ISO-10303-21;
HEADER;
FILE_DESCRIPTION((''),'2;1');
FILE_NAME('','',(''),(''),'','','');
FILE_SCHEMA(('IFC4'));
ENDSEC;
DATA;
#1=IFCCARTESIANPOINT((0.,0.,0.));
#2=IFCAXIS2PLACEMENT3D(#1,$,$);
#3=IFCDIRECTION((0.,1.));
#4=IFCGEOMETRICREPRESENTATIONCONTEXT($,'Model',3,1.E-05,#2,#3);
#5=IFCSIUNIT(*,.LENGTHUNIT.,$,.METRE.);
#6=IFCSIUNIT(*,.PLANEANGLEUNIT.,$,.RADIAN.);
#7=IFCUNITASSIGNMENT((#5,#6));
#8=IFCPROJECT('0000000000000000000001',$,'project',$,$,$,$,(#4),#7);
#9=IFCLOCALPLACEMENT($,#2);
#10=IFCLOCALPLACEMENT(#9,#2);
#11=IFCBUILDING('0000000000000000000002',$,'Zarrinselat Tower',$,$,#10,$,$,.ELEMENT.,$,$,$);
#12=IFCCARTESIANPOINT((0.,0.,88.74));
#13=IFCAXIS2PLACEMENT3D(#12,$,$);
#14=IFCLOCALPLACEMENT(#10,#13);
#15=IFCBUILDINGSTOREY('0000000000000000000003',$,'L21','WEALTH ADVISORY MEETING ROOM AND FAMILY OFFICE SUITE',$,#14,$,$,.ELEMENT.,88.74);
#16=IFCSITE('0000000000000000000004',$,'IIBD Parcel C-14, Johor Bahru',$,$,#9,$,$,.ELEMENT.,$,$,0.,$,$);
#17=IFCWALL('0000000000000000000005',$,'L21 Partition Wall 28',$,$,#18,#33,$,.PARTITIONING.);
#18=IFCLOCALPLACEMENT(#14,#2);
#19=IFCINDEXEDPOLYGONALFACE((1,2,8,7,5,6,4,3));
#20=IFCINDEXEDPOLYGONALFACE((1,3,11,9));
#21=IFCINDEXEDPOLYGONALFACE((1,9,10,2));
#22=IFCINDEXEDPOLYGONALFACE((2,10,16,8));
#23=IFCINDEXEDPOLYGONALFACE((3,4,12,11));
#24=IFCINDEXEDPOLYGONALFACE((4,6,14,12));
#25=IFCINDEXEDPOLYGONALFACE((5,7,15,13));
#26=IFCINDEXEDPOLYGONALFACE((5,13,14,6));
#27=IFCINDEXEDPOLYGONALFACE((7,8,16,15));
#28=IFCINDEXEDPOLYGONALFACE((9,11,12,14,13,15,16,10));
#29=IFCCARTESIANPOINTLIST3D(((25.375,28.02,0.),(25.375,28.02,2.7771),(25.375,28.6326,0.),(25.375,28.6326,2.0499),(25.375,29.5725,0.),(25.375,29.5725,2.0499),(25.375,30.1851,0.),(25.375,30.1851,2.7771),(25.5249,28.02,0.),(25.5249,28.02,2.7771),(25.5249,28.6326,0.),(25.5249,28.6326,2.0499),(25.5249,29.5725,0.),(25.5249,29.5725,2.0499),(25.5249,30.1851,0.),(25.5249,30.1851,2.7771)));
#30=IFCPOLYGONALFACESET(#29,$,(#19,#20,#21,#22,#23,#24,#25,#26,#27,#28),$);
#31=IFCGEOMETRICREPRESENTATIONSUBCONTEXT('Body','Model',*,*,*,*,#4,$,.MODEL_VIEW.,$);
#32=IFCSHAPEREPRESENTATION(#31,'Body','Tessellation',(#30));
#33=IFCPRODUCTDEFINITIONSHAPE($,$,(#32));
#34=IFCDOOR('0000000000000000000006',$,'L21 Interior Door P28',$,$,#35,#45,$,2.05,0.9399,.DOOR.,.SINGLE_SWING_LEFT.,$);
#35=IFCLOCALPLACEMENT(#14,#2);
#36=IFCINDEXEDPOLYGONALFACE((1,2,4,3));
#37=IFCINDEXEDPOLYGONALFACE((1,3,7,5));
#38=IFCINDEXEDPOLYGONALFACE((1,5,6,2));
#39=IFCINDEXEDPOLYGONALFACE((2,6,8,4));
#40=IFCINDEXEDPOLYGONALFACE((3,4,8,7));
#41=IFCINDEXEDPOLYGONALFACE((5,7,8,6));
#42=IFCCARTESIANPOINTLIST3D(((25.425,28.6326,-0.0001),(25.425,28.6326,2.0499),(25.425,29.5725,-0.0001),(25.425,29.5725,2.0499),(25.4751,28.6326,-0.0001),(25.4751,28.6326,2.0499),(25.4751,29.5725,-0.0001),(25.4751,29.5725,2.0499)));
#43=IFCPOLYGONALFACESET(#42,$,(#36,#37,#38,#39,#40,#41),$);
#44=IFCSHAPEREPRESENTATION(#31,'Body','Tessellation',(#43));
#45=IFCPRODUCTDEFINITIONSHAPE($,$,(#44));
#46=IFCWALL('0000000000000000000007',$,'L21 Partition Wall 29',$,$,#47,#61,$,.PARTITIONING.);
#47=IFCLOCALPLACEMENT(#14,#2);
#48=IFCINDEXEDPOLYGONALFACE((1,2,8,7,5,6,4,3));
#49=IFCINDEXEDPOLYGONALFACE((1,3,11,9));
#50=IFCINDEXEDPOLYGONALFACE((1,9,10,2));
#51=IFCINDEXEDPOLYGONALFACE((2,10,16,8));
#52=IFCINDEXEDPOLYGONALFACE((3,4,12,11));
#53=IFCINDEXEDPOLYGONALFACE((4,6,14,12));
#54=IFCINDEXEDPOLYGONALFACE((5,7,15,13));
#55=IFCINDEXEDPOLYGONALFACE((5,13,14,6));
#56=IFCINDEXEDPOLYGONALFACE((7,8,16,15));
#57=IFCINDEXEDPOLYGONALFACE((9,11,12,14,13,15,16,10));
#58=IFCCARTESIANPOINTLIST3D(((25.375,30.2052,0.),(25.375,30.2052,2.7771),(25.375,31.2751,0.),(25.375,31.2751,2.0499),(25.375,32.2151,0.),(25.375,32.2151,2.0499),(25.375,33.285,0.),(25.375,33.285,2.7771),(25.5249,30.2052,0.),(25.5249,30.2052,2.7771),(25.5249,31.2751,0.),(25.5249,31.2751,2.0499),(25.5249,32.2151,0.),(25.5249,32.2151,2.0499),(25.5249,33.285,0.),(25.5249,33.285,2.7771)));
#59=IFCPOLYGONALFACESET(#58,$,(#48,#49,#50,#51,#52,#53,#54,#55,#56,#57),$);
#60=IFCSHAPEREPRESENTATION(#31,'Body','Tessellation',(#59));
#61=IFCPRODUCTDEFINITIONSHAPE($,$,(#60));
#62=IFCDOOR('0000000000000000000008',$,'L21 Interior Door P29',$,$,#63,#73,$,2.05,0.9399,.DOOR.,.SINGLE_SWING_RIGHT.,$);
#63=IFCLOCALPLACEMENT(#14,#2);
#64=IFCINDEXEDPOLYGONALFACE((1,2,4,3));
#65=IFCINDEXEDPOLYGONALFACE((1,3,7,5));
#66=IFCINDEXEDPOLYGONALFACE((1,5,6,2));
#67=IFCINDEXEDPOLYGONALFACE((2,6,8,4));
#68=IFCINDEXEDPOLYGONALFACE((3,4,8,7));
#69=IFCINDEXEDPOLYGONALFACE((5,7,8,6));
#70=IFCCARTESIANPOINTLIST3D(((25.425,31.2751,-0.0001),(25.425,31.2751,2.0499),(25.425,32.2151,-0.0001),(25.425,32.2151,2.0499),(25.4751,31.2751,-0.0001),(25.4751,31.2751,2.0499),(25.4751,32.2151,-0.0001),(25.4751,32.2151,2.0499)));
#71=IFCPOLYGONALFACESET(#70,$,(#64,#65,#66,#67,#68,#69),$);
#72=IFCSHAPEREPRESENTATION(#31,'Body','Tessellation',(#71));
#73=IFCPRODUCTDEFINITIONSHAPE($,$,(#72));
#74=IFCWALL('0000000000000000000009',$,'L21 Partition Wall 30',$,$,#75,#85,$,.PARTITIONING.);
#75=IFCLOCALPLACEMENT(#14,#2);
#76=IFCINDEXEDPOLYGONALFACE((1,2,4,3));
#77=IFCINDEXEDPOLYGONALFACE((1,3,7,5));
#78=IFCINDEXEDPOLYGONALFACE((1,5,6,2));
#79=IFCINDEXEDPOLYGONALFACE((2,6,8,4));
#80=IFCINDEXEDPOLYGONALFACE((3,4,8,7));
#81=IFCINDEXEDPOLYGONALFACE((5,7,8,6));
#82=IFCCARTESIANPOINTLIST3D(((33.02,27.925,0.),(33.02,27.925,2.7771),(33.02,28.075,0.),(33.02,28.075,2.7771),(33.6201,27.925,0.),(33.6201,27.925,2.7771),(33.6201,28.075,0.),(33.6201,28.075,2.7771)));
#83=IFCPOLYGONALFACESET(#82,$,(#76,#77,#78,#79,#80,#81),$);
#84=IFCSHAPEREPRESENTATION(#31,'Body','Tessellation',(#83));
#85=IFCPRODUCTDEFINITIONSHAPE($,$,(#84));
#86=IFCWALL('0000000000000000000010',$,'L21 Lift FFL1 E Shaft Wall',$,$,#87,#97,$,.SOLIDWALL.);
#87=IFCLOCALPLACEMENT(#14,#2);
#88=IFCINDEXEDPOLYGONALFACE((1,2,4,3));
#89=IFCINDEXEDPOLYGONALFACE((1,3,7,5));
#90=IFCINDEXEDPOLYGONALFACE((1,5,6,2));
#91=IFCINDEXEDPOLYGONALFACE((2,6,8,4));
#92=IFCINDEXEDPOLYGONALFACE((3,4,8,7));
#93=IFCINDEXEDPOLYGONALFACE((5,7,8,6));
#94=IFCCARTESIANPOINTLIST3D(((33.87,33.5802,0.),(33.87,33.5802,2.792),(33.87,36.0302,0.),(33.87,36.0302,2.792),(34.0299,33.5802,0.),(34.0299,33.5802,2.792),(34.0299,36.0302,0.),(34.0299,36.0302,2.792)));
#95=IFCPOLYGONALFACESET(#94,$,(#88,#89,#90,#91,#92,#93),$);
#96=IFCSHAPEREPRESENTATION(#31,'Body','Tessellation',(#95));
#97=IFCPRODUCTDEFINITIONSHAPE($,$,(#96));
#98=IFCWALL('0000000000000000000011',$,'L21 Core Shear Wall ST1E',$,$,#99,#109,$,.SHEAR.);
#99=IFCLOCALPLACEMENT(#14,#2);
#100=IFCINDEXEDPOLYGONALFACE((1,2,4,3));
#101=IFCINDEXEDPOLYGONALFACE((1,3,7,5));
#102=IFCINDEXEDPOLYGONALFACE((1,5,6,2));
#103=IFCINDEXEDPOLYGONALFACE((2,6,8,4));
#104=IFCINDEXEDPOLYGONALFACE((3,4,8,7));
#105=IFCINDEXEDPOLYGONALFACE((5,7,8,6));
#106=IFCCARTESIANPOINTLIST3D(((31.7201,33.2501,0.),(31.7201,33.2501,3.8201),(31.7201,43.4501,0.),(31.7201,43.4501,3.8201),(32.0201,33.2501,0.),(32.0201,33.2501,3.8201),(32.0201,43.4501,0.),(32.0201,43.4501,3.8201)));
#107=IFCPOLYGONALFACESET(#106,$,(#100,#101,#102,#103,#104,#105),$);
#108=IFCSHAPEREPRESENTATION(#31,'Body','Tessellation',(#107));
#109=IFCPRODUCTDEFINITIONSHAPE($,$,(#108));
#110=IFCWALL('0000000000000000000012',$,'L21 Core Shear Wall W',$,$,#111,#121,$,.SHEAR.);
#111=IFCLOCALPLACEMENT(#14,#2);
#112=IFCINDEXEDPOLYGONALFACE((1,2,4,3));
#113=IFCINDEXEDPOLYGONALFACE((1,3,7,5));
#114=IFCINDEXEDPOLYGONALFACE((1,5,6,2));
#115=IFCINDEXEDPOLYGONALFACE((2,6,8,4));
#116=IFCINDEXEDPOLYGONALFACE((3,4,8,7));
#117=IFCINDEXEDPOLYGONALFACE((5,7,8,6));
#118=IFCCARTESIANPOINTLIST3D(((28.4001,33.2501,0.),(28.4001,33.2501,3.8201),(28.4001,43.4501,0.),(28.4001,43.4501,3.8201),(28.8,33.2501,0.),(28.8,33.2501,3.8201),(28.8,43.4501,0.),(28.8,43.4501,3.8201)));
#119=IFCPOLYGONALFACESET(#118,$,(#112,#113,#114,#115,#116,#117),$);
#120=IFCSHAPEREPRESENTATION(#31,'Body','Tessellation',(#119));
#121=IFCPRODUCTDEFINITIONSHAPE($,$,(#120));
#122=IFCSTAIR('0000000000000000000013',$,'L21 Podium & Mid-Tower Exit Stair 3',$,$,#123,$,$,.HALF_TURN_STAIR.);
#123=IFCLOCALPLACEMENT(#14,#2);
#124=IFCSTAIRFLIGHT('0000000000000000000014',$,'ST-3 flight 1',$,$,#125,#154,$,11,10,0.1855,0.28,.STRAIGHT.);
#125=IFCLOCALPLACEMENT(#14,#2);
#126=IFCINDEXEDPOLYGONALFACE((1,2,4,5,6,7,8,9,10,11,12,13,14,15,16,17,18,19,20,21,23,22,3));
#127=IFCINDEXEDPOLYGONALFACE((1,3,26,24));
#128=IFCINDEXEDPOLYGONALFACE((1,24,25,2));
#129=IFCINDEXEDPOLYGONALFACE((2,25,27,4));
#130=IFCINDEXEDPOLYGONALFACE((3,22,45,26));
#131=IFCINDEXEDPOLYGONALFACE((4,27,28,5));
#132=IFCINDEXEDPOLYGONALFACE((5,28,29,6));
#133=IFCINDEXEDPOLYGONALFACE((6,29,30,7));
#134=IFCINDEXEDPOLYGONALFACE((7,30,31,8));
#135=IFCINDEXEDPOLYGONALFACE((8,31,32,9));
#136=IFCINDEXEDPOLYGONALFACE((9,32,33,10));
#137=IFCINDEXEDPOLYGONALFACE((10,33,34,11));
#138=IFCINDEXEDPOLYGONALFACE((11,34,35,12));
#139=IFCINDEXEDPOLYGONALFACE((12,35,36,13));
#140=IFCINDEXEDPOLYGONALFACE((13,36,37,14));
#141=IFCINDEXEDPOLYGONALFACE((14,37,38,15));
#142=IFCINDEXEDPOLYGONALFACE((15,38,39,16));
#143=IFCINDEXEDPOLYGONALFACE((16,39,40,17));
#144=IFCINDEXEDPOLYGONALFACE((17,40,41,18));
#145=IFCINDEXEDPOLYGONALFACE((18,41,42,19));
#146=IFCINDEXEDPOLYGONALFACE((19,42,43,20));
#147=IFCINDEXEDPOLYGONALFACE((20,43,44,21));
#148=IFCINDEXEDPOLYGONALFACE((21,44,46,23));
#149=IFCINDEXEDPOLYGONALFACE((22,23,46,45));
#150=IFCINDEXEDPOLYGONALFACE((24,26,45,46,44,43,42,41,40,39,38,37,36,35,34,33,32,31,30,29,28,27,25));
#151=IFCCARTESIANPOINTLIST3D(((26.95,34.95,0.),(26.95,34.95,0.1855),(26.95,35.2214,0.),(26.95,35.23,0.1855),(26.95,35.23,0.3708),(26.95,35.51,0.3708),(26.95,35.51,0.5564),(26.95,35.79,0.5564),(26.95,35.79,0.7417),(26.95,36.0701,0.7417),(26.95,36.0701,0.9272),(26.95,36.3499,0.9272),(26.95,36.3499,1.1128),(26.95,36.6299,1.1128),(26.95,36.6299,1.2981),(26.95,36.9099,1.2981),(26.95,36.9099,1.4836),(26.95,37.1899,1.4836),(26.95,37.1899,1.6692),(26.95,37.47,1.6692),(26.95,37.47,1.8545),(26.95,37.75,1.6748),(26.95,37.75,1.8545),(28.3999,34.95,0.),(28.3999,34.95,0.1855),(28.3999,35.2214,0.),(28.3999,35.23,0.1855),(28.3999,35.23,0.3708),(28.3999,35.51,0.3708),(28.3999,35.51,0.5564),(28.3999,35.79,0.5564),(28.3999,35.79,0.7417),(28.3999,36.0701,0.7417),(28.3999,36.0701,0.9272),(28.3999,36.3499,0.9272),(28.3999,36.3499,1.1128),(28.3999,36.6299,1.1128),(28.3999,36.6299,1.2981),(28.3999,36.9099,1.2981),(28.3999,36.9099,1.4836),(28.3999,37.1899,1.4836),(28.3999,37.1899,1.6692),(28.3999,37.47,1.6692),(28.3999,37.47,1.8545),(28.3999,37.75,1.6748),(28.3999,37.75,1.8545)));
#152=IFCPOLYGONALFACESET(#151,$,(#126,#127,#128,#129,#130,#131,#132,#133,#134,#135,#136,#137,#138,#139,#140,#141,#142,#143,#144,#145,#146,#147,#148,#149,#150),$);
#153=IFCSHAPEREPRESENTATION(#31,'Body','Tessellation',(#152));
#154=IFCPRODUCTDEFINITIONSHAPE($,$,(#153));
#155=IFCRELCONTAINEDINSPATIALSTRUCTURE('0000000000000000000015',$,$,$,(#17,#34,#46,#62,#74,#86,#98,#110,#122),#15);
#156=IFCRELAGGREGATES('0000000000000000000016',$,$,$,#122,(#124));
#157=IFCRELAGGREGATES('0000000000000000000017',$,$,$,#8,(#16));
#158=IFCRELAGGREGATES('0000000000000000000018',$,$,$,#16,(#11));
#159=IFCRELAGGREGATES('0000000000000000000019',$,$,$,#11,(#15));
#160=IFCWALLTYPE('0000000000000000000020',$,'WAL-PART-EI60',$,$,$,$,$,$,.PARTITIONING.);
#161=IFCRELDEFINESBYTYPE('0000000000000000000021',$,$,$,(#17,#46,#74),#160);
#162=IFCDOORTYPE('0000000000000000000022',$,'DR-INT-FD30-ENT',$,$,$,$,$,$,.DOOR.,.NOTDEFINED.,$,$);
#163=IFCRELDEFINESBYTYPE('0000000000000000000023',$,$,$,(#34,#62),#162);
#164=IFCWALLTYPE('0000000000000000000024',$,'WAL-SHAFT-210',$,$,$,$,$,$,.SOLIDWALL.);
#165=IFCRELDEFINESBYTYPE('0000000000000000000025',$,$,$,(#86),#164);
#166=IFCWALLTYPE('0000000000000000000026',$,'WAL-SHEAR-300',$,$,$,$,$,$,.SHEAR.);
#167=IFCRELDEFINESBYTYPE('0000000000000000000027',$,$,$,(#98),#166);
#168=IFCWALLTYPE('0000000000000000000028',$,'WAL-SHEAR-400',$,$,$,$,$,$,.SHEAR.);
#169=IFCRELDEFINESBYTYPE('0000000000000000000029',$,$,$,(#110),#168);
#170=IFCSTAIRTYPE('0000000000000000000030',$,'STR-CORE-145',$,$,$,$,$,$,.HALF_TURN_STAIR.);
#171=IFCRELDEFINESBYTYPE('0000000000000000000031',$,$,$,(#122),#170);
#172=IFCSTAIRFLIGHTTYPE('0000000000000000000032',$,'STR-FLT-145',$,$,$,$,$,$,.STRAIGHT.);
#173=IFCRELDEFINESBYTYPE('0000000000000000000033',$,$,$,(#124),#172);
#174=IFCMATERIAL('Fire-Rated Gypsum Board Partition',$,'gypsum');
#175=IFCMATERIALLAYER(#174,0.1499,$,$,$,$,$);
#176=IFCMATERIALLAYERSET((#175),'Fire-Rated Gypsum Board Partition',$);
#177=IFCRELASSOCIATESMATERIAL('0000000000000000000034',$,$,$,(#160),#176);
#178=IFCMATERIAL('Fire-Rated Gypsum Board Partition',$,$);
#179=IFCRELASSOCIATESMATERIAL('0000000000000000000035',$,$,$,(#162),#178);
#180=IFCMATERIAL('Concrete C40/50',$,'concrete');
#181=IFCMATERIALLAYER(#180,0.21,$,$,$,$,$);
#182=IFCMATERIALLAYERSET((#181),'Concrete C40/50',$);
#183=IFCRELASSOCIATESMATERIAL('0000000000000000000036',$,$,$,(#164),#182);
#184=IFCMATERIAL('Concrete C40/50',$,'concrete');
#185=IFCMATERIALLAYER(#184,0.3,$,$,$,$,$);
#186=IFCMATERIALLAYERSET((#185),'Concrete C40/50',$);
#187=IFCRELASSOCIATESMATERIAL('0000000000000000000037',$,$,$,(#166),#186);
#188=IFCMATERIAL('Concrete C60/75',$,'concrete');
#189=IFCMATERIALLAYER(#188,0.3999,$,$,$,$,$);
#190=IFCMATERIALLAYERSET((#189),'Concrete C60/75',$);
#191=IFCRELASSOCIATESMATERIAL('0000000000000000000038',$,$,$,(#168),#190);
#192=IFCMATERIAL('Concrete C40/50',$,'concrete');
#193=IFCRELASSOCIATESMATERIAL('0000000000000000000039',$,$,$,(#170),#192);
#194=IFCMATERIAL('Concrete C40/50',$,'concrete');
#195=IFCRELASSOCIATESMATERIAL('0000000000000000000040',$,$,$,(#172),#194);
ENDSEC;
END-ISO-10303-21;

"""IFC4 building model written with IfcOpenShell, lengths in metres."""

from ifc_helpers import new_model, si_unit, direction, frame, frame_2d, origin, place, context, subcontext, project, spatial, polyline, rectangle, outline, extrude, material, layer, layer_set, type_object, element, fill, aggregate, save


model = new_model("IFC4")

# Units and contexts
model_context = context("Model", 3, precision=1e-05, world=origin(), true_north=direction((0.0, 1.0)))
body_context = subcontext(model_context, "Body", "Model", "MODEL_VIEW")
ifc_project = project(units=[si_unit("LENGTHUNIT", "METRE"), si_unit("PLANEANGLEUNIT", "RADIAN")], contexts=[model_context])

# Site, building, storey
site_placement = place(None, origin())
site = spatial("IfcSite", under=ifc_project, at=site_placement, Name="IIBD Parcel C-14, Johor Bahru", CompositionType="ELEMENT", RefElevation=0.0)
building_placement = place(site_placement, origin())
building = spatial("IfcBuilding", under=site, at=building_placement, Name="Zarrinselat Tower", CompositionType="ELEMENT")
storey_placement = place(building_placement, frame((0.0, 0.0, 88.74)))
storey = spatial("IfcBuildingStorey", under=building, at=storey_placement, Name="L21", Description="WEALTH ADVISORY MEETING ROOM AND FAMILY OFFICE SUITE", CompositionType="ELEMENT", Elevation=88.74)

# Shared definitions
ifc_material_1 = material(Name="Fire-Rated Gypsum Board Partition", Category="gypsum")
ifc_layer_1 = layer(ifc_material_1, 0.1499)
ifc_layer_set_1 = layer_set([ifc_layer_1], Name="Fire-Rated Gypsum Board Partition")
wall_type_1 = type_object("IfcWallType", Name="WAL-PART-EI60", PredefinedType="PARTITIONING", material=ifc_layer_set_1)
ifc_material_2 = material(Name="Fire-Rated Gypsum Board Partition")
door_type_1 = type_object("IfcDoorType", Name="DR-INT-FD30-ENT", OperationType="NOTDEFINED", PredefinedType="DOOR", material=ifc_material_2)

# Walls, openings, doors
wall_1_placement = place(storey_placement, frame((25.45, 28.02, 0.0), z_axis=(0.0, 0.0, 1.0), x_axis=(0.0, 1.0, 0.0)))
wall_1 = element("IfcWall", 1, at=wall_1_placement, inside=storey, type_object=wall_type_1, Name="L21 Partition Wall 28", PredefinedType="PARTITIONING", context=body_context, shape_type="SweptSolid", body=[
    extrude(rectangle(XDim=2.165, YDim=0.1499, at=frame_2d((1.0825, 0.0))), origin(), (0.0, 0.0, 1.0), 2.7771),
])
opening_1_placement = place(wall_1_placement, frame((0.6125, 0.0, 0.0)))
opening_1 = element("IfcOpeningElement", 2, at=opening_1_placement, cuts=wall_1, PredefinedType="OPENING", context=body_context, shape_type="SweptSolid", body=[
    extrude(rectangle(XDim=0.9399, YDim=2.05, at=frame_2d((0.47, 1.0249))), frame((0.0, 0.085, 0.0), z_axis=(0.0, -1.0, 0.0), x_axis=(1.0, 0.0, 0.0)), (0.0, 0.0, 1.0), 0.1699),
])
door_1_placement = place(opening_1_placement, origin())
door_1 = element("IfcDoor", 3, at=door_1_placement, inside=storey, type_object=door_type_1, Name="L21 Interior Door P28", OperationType="SINGLE_SWING_LEFT", OverallHeight=2.05, OverallWidth=0.9399, PredefinedType="DOOR", context=body_context, shape_type="SweptSolid", body=[
    extrude(rectangle(XDim=0.9399, YDim=2.05, at=frame_2d((0.47, 1.0249))), frame((0.0, 0.0249, 0.0), z_axis=(0.0, -1.0, 0.0), x_axis=(1.0, 0.0, 0.0)), (0.0, 0.0, 1.0), 0.05),
])
fill(opening_1, door_1)
wall_2_placement = place(storey_placement, frame((25.45, 30.2051, 0.0), z_axis=(0.0, 0.0, 1.0), x_axis=(0.0, 1.0, 0.0)))
wall_2 = element("IfcWall", 4, at=wall_2_placement, inside=storey, type_object=wall_type_1, Name="L21 Partition Wall 29", PredefinedType="PARTITIONING", context=body_context, shape_type="SweptSolid", body=[
    extrude(rectangle(XDim=3.0798, YDim=0.1499, at=frame_2d((1.54, 0.0))), origin(), (0.0, 0.0, 1.0), 2.7771),
])
opening_2_placement = place(wall_2_placement, frame((1.0701, 0.0, 0.0)))
opening_2 = element("IfcOpeningElement", 5, at=opening_2_placement, cuts=wall_2, PredefinedType="OPENING", context=body_context, shape_type="SweptSolid", body=[
    extrude(rectangle(XDim=0.9399, YDim=2.05, at=frame_2d((0.47, 1.0249))), frame((0.0, 0.085, 0.0), z_axis=(0.0, -1.0, 0.0), x_axis=(1.0, 0.0, 0.0)), (0.0, 0.0, 1.0), 0.1699),
])
door_2_placement = place(opening_2_placement, origin())
door_2 = element("IfcDoor", 6, at=door_2_placement, inside=storey, type_object=door_type_1, Name="L21 Interior Door P29", OperationType="SINGLE_SWING_RIGHT", OverallHeight=2.05, OverallWidth=0.9399, PredefinedType="DOOR", context=body_context, shape_type="SweptSolid", body=[
    extrude(rectangle(XDim=0.9399, YDim=2.05, at=frame_2d((0.47, 1.0249))), frame((0.0, 0.0249, 0.0), z_axis=(0.0, -1.0, 0.0), x_axis=(1.0, 0.0, 0.0)), (0.0, 0.0, 1.0), 0.05),
])
fill(opening_2, door_2)

# Walls
wall_3_placement = place(storey_placement, frame((33.02, 28.0, 0.0), z_axis=(0.0, 0.0, 1.0), x_axis=(1.0, 0.0, 0.0)))
element("IfcWall", 7, at=wall_3_placement, inside=storey, type_object=wall_type_1, Name="L21 Partition Wall 30", PredefinedType="PARTITIONING", context=body_context, shape_type="SweptSolid", body=[
    extrude(rectangle(XDim=0.6001, YDim=0.1499, at=frame_2d((0.3, 0.0))), origin(), (0.0, 0.0, 1.0), 2.7771),
])
ifc_material_3 = material(Name="Concrete C40/50", Category="concrete")
ifc_layer_2 = layer(ifc_material_3, 0.21)
ifc_layer_set_2 = layer_set([ifc_layer_2], Name="Concrete C40/50")
wall_type_2 = type_object("IfcWallType", Name="WAL-SHAFT-210", PredefinedType="SOLIDWALL", material=ifc_layer_set_2)
wall_4_placement = place(storey_placement, frame((33.95, 33.5801, 0.0), z_axis=(0.0, 0.0, 1.0), x_axis=(0.0, 1.0, 0.0)))
element("IfcWall", 8, at=wall_4_placement, inside=storey, type_object=wall_type_2, Name="L21 Lift FFL1 E Shaft Wall", PredefinedType="SOLIDWALL", context=body_context, shape_type="SweptSolid", body=[
    extrude(rectangle(XDim=2.45, YDim=0.1599, at=frame_2d((1.2251, 0.0))), origin(), (0.0, 0.0, 1.0), 2.792),
])
ifc_material_4 = material(Name="Concrete C40/50", Category="concrete")
ifc_layer_3 = layer(ifc_material_4, 0.3)
ifc_layer_set_3 = layer_set([ifc_layer_3], Name="Concrete C40/50")
wall_type_3 = type_object("IfcWallType", Name="WAL-SHEAR-300", PredefinedType="SHEAR", material=ifc_layer_set_3)
wall_5_placement = place(storey_placement, frame((31.8701, 33.25, 0.0), z_axis=(0.0, 0.0, 1.0), x_axis=(0.0, 1.0, 0.0)))
element("IfcWall", 9, at=wall_5_placement, inside=storey, type_object=wall_type_3, Name="L21 Core Shear Wall ST1E", PredefinedType="SHEAR", context=body_context, shape_type="SweptSolid", body=[
    extrude(rectangle(XDim=10.2, YDim=0.3, at=frame_2d((5.1001, 0.0))), origin(), (0.0, 0.0, 1.0), 3.8201),
])

# Shared definitions
ifc_material_5 = material(Name="Concrete C60/75", Category="concrete")
ifc_layer_4 = layer(ifc_material_5, 0.3999)
ifc_layer_set_4 = layer_set([ifc_layer_4], Name="Concrete C60/75")
wall_type_4 = type_object("IfcWallType", Name="WAL-SHEAR-400", PredefinedType="SHEAR", material=ifc_layer_set_4)

# Wall
wall_6_placement = place(storey_placement, frame((28.6001, 33.25, 0.0), z_axis=(0.0, 0.0, 1.0), x_axis=(0.0, 1.0, 0.0)))
element("IfcWall", 10, at=wall_6_placement, inside=storey, type_object=wall_type_4, Name="L21 Core Shear Wall W", PredefinedType="SHEAR", context=body_context, shape_type="SweptSolid", body=[
    extrude(rectangle(XDim=10.2, YDim=0.3999, at=frame_2d((5.1001, 0.0))), origin(), (0.0, 0.0, 1.0), 3.8201),
])

# Stair, stair flight
ifc_material_6 = material(Name="Concrete C40/50", Category="concrete")
stair_type = type_object("IfcStairType", Name="STR-CORE-145", PredefinedType="HALF_TURN_STAIR", material=ifc_material_6)
stair_placement = place(storey_placement, origin())
stair = element("IfcStair", 11, at=stair_placement, inside=storey, type_object=stair_type, Name="L21 Podium & Mid-Tower Exit Stair 3", PredefinedType="HALF_TURN_STAIR")
ifc_material_7 = material(Name="Concrete C40/50", Category="concrete")
stair_flight_type = type_object("IfcStairFlightType", Name="STR-FLT-145", PredefinedType="STRAIGHT", material=ifc_material_7)
stair_flight_placement = place(storey_placement, frame((27.675, 34.95, 0.0), z_axis=(0.0, 0.0, 1.0), x_axis=(0.0, 1.0, 0.0)))
stair_flight = element("IfcStairFlight", 12, at=stair_flight_placement, type_object=stair_flight_type, Name="ST-3 flight 1", NumberOfRisers=11, NumberOfTreads=10, PredefinedType="STRAIGHT", RiserHeight=0.1855, TreadLength=0.28, context=body_context, shape_type="SweptSolid", body=[
    extrude(outline(polyline([(0.0, 0.0), (0.0, 0.1855), (0.28, 0.1855), (0.28, 0.3708), (0.5601, 0.3708), (0.5601, 0.5564), (0.8401, 0.5564), (0.8401, 0.7417), (1.1201, 0.7417), (1.1201, 0.9272), (1.3999, 0.9272), (1.3999, 1.1128), (1.6799, 1.1128), (1.6799, 1.2981), (1.96, 1.2981), (1.96, 1.4836), (2.24, 1.4836), (2.24, 1.6692), (2.52, 1.6692), (2.52, 1.8545), (2.8, 1.8545), (2.8, 2.04), (2.8, 1.6748), (0.2715, 0.0), (0.0, 0.0)])), frame((0.0, 0.7251, 0.0), z_axis=(0.0, -1.0, 0.0), x_axis=(1.0, 0.0, 0.0)), (0.0, 0.0, 1.0), 1.45),
])
aggregate(stair, [stair_flight])

save(model, "model.ifc")
